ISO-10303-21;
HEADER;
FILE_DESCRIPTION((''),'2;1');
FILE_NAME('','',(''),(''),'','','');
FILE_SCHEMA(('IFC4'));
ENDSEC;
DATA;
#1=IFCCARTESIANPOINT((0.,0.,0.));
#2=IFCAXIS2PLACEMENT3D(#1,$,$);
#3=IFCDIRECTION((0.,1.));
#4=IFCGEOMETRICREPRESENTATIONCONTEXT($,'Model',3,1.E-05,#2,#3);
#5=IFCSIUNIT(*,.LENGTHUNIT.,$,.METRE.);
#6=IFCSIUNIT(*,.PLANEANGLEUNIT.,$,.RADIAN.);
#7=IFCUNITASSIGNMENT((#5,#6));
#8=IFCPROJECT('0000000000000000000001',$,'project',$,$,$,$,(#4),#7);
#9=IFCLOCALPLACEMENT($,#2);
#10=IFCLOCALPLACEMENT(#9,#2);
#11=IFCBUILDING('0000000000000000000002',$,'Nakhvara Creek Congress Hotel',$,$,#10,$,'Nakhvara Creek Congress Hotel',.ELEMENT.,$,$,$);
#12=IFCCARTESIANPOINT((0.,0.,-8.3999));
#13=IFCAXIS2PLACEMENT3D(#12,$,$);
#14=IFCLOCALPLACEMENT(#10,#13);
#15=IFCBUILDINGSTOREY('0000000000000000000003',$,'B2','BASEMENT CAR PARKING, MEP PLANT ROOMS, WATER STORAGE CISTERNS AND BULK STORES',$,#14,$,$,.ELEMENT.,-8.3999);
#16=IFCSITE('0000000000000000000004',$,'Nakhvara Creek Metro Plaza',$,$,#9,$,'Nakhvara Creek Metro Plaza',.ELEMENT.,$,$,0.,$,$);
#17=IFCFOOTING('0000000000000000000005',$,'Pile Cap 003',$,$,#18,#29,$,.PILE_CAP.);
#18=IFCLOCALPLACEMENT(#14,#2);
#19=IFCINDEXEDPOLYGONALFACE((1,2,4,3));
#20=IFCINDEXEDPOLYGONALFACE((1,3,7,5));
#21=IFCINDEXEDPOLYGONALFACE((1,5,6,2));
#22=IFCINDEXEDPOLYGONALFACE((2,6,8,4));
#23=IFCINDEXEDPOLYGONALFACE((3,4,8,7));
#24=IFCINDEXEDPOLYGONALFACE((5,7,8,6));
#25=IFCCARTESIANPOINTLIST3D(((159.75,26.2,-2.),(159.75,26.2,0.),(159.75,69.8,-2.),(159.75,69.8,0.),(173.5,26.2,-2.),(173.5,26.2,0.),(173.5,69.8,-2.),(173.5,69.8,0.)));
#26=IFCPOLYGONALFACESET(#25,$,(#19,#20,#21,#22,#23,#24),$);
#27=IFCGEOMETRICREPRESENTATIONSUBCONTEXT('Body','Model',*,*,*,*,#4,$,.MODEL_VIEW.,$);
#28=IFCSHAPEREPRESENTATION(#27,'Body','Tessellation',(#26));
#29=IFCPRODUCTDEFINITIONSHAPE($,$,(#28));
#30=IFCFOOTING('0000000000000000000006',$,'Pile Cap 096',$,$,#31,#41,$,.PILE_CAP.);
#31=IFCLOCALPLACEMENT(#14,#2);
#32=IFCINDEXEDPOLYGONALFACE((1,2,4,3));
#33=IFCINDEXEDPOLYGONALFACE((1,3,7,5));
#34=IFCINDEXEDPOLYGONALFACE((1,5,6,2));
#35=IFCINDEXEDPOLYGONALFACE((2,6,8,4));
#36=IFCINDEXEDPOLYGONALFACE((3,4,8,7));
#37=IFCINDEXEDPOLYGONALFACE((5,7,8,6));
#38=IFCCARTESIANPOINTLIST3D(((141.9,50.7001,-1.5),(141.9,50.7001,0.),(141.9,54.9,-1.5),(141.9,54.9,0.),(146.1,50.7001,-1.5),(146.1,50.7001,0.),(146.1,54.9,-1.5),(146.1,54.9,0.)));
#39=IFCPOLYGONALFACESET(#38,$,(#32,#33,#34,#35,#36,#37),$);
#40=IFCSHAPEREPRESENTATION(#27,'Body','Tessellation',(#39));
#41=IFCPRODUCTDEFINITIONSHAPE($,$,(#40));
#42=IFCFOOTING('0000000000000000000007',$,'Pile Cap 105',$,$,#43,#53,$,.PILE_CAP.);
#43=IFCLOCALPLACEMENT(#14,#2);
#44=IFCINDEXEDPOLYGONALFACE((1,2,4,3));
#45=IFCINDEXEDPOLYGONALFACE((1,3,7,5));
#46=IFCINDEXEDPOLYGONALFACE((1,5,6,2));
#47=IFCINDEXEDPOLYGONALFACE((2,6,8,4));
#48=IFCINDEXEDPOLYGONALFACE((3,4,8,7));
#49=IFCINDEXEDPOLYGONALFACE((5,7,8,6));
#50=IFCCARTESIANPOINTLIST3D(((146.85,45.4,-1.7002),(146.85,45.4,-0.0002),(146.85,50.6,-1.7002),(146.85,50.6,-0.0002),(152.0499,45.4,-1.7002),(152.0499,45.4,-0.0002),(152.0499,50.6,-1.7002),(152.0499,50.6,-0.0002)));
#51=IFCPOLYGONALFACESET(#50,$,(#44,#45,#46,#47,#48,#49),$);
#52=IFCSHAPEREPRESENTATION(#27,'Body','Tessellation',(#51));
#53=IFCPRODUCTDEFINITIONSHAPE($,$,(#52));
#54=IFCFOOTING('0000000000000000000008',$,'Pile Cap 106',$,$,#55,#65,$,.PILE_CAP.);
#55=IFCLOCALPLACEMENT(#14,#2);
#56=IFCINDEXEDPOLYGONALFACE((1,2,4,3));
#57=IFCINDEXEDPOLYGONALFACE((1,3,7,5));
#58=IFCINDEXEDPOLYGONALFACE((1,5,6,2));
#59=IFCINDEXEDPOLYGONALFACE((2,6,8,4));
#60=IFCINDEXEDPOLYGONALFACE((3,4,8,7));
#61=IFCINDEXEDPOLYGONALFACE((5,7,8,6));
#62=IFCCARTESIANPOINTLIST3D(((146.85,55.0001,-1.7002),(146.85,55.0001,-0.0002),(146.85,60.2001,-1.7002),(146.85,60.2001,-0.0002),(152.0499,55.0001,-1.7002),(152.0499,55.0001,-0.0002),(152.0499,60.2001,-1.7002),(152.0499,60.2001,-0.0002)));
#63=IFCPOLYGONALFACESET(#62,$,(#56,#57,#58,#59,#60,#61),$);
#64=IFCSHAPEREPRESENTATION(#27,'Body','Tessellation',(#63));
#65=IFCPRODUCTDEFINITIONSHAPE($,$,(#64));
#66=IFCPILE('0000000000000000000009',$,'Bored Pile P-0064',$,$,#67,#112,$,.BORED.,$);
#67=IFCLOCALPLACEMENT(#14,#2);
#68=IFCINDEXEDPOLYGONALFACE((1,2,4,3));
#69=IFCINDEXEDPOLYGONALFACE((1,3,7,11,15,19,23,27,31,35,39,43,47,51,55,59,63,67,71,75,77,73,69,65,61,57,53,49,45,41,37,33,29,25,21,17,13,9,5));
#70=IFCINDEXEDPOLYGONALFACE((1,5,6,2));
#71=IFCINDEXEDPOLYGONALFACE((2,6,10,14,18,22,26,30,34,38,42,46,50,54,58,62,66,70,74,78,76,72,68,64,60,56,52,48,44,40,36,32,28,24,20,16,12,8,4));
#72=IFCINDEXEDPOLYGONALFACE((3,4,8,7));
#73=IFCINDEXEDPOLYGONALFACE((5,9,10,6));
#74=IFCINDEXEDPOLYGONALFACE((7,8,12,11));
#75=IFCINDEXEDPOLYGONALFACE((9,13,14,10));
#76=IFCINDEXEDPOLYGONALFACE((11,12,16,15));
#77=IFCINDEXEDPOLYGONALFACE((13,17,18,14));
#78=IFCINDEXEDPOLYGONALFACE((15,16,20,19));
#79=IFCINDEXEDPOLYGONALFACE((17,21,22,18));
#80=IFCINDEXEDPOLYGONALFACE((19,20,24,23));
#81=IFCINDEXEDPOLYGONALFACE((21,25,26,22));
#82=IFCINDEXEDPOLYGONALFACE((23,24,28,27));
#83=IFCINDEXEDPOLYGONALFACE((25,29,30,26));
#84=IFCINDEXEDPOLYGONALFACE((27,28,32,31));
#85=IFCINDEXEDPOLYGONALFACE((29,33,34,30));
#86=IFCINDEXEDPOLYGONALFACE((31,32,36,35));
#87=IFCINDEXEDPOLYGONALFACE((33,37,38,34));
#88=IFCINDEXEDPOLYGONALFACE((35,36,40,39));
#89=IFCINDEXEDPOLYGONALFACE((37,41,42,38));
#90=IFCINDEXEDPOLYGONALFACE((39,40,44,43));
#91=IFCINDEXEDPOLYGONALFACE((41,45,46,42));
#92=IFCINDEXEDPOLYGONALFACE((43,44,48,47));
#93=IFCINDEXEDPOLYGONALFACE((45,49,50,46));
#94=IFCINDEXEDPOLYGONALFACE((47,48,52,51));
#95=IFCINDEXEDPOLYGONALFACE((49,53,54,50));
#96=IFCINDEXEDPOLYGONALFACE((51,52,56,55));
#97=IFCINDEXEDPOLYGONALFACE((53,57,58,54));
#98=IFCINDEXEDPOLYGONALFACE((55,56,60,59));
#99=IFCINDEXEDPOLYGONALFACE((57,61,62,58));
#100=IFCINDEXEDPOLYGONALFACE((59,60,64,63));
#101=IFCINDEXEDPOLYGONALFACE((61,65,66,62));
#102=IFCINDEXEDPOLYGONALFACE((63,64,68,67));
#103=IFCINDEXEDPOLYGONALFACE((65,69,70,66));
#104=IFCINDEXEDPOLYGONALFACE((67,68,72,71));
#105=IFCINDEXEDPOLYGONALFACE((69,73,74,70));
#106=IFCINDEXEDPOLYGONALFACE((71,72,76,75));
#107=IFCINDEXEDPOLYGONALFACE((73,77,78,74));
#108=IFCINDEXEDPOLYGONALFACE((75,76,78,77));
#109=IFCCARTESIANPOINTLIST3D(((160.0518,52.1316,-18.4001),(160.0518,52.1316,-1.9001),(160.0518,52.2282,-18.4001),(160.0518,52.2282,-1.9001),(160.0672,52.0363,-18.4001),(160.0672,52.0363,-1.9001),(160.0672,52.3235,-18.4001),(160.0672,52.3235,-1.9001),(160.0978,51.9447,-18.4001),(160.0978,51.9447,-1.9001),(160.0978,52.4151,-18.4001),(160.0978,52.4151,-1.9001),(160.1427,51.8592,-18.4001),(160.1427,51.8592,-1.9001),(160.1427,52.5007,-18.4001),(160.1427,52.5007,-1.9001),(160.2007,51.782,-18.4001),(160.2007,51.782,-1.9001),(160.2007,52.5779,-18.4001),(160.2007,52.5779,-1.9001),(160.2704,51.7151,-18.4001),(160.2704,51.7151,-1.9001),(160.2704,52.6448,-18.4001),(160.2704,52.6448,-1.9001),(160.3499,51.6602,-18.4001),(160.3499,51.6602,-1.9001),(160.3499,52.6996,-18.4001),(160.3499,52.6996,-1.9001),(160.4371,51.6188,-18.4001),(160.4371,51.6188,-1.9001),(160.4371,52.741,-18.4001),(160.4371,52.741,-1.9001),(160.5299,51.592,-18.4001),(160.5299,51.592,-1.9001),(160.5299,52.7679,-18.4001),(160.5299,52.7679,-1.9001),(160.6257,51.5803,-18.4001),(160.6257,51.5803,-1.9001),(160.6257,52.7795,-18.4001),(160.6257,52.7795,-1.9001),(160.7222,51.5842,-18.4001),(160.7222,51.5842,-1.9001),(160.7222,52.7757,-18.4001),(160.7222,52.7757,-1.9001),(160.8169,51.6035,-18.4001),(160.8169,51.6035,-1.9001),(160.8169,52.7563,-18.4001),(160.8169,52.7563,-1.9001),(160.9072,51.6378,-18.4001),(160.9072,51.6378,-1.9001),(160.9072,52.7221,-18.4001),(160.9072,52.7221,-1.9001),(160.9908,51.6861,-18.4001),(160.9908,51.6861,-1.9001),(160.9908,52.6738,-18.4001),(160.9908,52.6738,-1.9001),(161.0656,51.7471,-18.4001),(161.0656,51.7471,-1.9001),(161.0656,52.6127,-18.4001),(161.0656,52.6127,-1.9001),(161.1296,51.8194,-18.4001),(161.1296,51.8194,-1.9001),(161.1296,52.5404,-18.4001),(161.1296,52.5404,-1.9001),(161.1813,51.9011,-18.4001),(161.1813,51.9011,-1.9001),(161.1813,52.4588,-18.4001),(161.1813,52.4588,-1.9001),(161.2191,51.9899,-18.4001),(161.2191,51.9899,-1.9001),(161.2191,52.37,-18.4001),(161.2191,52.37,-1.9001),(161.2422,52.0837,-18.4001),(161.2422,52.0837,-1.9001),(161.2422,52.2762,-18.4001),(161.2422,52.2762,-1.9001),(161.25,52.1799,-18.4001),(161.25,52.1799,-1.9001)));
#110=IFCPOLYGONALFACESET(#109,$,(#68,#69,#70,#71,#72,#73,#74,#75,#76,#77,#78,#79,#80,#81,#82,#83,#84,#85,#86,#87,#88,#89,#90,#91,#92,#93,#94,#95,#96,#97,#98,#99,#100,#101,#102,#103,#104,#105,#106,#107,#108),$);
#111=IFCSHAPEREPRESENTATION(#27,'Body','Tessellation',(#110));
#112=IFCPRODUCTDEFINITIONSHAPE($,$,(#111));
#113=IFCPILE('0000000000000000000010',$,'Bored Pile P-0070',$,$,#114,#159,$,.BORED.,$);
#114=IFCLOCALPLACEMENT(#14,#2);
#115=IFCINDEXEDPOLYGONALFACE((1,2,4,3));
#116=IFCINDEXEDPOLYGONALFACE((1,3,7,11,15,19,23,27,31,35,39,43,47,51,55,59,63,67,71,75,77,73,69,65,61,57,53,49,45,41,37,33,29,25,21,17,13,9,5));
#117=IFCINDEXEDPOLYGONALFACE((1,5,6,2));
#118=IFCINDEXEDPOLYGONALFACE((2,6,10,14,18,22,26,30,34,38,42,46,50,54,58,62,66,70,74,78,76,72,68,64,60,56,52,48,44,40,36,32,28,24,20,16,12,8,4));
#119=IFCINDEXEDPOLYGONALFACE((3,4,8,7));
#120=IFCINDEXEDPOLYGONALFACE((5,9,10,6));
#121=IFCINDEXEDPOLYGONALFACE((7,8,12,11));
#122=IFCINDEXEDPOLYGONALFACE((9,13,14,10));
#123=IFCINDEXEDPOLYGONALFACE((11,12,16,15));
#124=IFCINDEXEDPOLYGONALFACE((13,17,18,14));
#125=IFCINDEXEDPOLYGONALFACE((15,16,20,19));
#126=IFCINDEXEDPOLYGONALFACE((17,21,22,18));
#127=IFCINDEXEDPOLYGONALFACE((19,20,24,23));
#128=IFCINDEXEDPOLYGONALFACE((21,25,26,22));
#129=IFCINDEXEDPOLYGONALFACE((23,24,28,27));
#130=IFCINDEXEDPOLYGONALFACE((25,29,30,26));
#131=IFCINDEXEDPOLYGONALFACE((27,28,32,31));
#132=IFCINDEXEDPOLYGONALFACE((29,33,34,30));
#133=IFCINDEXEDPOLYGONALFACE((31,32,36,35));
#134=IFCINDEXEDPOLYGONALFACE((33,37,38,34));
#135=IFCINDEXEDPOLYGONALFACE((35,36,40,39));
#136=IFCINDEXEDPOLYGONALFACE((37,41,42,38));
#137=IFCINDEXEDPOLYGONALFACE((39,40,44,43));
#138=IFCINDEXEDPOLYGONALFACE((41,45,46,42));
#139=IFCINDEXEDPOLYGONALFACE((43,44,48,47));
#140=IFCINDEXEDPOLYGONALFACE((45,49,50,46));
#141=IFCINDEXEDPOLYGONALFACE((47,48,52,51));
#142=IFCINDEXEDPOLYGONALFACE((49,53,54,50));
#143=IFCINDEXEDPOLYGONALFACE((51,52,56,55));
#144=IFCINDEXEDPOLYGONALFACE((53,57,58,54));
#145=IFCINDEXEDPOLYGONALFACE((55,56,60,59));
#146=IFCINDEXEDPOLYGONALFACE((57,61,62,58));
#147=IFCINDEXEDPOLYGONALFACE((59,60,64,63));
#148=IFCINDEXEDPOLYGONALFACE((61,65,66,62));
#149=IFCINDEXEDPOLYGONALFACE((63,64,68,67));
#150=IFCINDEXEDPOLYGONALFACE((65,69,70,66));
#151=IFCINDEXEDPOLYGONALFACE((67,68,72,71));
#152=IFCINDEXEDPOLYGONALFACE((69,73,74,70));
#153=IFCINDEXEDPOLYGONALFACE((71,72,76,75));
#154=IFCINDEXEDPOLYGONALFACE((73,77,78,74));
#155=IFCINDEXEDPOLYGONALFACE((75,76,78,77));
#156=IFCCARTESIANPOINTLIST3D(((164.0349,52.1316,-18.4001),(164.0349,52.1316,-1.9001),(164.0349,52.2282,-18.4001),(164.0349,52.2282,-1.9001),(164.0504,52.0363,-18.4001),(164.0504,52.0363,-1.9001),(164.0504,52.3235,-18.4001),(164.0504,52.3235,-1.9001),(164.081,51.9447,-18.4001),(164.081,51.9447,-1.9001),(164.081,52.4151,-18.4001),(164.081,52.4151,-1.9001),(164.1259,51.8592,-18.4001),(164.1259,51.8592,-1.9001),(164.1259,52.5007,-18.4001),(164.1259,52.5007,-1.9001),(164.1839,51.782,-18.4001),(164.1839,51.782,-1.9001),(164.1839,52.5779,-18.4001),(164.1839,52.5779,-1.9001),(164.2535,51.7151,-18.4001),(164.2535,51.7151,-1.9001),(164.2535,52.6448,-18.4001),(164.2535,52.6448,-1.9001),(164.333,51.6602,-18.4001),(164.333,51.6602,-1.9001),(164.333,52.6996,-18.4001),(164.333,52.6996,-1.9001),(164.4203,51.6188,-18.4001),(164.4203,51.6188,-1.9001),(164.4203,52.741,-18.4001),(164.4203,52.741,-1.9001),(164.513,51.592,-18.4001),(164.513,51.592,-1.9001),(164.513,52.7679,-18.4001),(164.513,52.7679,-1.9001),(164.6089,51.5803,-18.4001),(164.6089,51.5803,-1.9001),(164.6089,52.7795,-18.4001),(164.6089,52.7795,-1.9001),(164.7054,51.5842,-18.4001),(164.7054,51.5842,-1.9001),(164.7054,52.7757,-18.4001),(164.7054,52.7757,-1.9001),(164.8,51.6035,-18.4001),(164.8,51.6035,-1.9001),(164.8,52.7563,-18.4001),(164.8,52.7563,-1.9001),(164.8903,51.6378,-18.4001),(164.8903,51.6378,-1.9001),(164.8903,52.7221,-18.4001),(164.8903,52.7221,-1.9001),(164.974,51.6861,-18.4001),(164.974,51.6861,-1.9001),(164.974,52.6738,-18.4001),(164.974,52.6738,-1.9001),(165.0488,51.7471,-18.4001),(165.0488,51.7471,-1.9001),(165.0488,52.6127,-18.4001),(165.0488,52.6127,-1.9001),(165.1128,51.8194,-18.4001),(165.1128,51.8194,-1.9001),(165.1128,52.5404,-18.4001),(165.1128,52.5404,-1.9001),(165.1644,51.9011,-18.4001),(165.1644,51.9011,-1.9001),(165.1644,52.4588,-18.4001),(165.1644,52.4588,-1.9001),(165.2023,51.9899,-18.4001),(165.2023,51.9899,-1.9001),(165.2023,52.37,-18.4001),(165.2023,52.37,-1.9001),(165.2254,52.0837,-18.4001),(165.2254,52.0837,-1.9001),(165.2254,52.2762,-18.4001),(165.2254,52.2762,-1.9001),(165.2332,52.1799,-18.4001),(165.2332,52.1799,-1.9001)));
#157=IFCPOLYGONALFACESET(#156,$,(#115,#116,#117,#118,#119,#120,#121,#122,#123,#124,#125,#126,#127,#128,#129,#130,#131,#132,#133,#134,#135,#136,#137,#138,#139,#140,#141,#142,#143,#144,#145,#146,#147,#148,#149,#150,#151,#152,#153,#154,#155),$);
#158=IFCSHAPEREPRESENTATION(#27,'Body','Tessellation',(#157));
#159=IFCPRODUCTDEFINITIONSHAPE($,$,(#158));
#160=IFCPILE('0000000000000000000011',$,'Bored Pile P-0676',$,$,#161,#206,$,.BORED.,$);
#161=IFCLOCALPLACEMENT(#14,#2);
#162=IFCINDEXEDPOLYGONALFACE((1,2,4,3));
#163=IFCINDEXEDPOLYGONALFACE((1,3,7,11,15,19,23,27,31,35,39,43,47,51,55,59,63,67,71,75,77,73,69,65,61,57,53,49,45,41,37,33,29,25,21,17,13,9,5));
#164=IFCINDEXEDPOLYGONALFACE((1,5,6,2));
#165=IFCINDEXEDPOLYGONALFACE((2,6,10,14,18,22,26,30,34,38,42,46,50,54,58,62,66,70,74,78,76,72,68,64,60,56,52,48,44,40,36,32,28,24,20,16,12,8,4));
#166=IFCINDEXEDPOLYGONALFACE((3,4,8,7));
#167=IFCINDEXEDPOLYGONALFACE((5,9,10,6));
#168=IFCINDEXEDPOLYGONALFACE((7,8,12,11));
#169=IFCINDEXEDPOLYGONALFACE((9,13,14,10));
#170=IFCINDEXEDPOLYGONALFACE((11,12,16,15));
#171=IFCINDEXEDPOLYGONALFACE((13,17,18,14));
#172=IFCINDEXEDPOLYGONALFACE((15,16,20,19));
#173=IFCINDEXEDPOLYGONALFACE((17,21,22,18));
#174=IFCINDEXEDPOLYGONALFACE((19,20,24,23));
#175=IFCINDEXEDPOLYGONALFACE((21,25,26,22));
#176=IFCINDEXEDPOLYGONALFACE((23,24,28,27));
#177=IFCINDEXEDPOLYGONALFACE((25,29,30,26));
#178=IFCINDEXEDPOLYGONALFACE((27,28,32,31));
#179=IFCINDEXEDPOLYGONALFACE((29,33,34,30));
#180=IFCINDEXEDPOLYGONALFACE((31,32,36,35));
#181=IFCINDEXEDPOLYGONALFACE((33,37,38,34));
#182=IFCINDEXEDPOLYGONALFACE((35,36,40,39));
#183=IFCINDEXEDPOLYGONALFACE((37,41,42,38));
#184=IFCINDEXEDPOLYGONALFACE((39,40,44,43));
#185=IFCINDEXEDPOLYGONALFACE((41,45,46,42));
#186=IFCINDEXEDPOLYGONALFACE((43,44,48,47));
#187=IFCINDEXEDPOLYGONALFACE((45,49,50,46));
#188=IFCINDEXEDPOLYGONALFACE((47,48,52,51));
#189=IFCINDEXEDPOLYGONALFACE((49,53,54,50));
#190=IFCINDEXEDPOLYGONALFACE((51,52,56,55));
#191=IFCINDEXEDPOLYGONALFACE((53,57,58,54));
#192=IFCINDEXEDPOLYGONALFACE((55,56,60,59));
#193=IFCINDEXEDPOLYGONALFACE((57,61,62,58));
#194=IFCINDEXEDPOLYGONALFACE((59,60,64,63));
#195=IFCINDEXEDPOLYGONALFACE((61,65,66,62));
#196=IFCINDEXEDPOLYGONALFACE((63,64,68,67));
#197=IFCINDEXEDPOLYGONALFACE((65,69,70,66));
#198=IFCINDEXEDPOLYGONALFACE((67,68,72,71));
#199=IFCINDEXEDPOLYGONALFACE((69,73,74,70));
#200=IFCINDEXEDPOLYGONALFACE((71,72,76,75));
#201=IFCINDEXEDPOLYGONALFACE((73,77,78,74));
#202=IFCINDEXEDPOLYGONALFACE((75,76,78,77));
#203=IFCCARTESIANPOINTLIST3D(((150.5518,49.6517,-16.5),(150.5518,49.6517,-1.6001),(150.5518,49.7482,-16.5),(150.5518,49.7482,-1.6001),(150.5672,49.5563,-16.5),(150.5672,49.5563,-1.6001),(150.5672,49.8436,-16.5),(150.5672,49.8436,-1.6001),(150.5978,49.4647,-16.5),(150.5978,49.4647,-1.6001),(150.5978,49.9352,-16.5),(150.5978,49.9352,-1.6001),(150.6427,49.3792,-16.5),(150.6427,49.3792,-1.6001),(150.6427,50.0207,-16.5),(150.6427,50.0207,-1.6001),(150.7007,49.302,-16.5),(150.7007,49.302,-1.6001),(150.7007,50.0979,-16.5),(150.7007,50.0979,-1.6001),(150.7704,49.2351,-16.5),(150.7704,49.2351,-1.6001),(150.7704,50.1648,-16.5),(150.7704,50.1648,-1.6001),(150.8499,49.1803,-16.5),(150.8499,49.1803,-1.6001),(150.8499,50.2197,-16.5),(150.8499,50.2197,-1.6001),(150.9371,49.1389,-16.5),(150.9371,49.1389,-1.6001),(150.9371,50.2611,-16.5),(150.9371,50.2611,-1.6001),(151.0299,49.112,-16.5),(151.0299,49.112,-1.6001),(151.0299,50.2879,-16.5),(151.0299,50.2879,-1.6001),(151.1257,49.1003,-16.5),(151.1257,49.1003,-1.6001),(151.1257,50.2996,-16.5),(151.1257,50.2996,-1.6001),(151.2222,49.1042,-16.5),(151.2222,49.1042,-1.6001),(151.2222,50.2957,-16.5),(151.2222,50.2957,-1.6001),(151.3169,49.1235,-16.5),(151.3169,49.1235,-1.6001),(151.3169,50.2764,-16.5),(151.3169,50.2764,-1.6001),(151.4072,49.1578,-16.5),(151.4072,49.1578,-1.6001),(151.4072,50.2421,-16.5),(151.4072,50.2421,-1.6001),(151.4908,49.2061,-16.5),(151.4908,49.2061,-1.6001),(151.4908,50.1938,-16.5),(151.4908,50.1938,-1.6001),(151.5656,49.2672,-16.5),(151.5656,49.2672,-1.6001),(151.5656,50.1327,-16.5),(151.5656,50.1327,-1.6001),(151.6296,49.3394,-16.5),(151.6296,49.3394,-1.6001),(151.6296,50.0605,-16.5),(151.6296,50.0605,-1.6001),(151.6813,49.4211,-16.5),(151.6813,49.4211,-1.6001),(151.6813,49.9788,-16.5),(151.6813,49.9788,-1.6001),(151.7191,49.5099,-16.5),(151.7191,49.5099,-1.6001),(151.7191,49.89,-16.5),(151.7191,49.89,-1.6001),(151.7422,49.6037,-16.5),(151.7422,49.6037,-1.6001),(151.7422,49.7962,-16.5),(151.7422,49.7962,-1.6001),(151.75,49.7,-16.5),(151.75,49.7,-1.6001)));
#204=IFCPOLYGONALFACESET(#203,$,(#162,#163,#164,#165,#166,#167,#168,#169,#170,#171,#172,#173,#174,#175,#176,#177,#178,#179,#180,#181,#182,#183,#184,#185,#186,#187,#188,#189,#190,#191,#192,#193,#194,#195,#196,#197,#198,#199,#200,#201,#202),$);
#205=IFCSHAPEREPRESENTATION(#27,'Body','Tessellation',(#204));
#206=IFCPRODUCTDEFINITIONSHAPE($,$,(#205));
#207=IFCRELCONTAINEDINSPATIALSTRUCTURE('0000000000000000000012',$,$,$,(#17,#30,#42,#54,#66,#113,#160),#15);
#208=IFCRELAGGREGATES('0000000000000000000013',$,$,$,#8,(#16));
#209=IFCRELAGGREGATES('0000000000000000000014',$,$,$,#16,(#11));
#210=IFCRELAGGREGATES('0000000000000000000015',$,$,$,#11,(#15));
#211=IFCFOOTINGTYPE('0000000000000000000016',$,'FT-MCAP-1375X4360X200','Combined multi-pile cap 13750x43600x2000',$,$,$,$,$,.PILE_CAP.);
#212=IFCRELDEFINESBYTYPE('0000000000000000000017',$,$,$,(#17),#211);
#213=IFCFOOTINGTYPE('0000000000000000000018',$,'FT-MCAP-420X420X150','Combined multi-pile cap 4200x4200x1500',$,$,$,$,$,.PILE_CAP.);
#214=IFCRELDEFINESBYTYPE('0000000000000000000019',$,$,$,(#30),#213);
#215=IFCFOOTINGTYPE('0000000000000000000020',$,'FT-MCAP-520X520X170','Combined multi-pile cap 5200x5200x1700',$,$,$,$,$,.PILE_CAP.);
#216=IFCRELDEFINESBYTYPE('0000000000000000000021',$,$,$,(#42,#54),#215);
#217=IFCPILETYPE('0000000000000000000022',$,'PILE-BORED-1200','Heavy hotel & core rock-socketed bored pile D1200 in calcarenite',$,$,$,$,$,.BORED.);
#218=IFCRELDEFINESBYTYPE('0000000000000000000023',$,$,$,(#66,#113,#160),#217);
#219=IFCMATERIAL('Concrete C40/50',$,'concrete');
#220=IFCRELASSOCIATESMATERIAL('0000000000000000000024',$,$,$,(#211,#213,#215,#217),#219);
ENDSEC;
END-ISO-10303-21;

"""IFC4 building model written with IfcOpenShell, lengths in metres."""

from ifc_helpers import new_model, si_unit, direction, frame, origin, origin_2d, place, context, subcontext, project, spatial, rectangle, circle, extrude, material, material_profile, profile_set, type_object, element, save


model = new_model("IFC4")

# Units and contexts
model_context = context("Model", 3, precision=1e-05, world=origin(), true_north=direction((0.0, 1.0)))
body_context = subcontext(model_context, "Body", "Model", "MODEL_VIEW")
ifc_project = project(units=[si_unit("LENGTHUNIT", "METRE"), si_unit("PLANEANGLEUNIT", "RADIAN")], contexts=[model_context])

# Site, building, storey
site_placement = place(None, origin())
site = spatial("IfcSite", under=ifc_project, at=site_placement, Name="Nakhvara Creek Metro Plaza", LongName="Nakhvara Creek Metro Plaza", CompositionType="ELEMENT", RefElevation=0.0)
building_placement = place(site_placement, origin())
building = spatial("IfcBuilding", under=site, at=building_placement, Name="Nakhvara Creek Congress Hotel", LongName="Nakhvara Creek Congress Hotel", CompositionType="ELEMENT")
storey_placement = place(building_placement, frame((0.0, 0.0, -8.3999)))
storey = spatial("IfcBuildingStorey", under=building, at=storey_placement, Name="B2", Description="BASEMENT CAR PARKING, MEP PLANT ROOMS, WATER STORAGE CISTERNS AND BULK STORES", CompositionType="ELEMENT", Elevation=-8.3999)

# Footings
ifc_material_1 = material(Name="Concrete C40/50", Category="concrete")
footing_type_1 = type_object("IfcFootingType", Name="FT-MCAP-1375X4360X200", Description="Combined multi-pile cap 13750x43600x2000", PredefinedType="PILE_CAP", material=ifc_material_1)
footing_1_placement = place(storey_placement, frame((166.625, 48.0, -2.0), z_axis=(0.0, 0.0, 1.0), x_axis=(1.0, 0.0, 0.0)))
element("IfcFooting", 1, at=footing_1_placement, inside=storey, type_object=footing_type_1, Name="Pile Cap 003", PredefinedType="PILE_CAP", context=body_context, shape_type="SweptSolid", body=[
    extrude(rectangle(XDim=13.75, YDim=43.6001, at=origin_2d()), origin(), (0.0, 0.0, 1.0), 2.0),
])
footing_type_2 = type_object("IfcFootingType", Name="FT-MCAP-420X420X150", Description="Combined multi-pile cap 4200x4200x1500", PredefinedType="PILE_CAP", material=ifc_material_1)
footing_2_placement = place(storey_placement, frame((144.0, 52.8, -1.5), z_axis=(0.0, 0.0, 1.0), x_axis=(1.0, 0.0, 0.0)))
element("IfcFooting", 2, at=footing_2_placement, inside=storey, type_object=footing_type_2, Name="Pile Cap 096", PredefinedType="PILE_CAP", context=body_context, shape_type="SweptSolid", body=[
    extrude(rectangle(XDim=4.2, YDim=4.2, at=origin_2d()), origin(), (0.0, 0.0, 1.0), 1.5),
])
footing_type_3 = type_object("IfcFootingType", Name="FT-MCAP-520X520X170", Description="Combined multi-pile cap 5200x5200x1700", PredefinedType="PILE_CAP", material=ifc_material_1)
for number, where, z_axis, x_axis, name in (
    (3, (149.45, 48.0, -1.7002), (0.0, 0.0, 1.0), (1.0, 0.0, 0.0), "Pile Cap 105"),
    (4, (149.45, 57.6001, -1.7002), (0.0, 0.0, 1.0), (1.0, 0.0, 0.0), "Pile Cap 106"),
):
    element("IfcFooting", number, at=place(storey_placement, frame(where, z_axis=z_axis, x_axis=x_axis)), inside=storey, type_object=footing_type_3, Name=name, PredefinedType="PILE_CAP", context=body_context, shape_type="SweptSolid", body=[
        extrude(rectangle(XDim=5.2, YDim=5.2, at=origin_2d()), origin(), (0.0, 0.0, 1.0), 1.7),
    ])

# Piles
ifc_material_profile_1 = material_profile(ifc_material_1, circle(Radius=0.6001, at=origin_2d()), Name="BORED PILE D1200", Category="LoadBearing")
ifc_profile_set_1 = profile_set([ifc_material_profile_1], Name="Concrete C40/50")
pile_type_1 = type_object("IfcPileType", Name="PILE-BORED-1200", Description="Heavy hotel & core rock-socketed bored pile D1200 in calcarenite", PredefinedType="BORED", material=ifc_profile_set_1)
for number, where, z_axis, x_axis, name in (
    (5, (160.6499, 52.1799, -1.9001), (0.0, 0.0, -1.0), (1.0, 0.0, 0.0), "Bored Pile P-0064"),
    (6, (164.6331, 52.1799, -1.9001), (0.0, 0.0, -1.0), (1.0, 0.0, 0.0), "Bored Pile P-0070"),
):
    element("IfcPile", number, at=place(storey_placement, frame(where, z_axis=z_axis, x_axis=x_axis)), inside=storey, type_object=pile_type_1, Name=name, PredefinedType="BORED", context=body_context, shape_type="SweptSolid", body=[
        extrude(circle(Radius=0.6001, at=origin_2d()), origin(), (0.0, 0.0, 1.0), 16.5),
    ])
for number, where, z_axis, x_axis, name in (
    (7, (151.1499, 49.7, -1.6001), (0.0, 0.0, -1.0), (1.0, 0.0, 0.0), "Bored Pile P-0676"),
):
    element("IfcPile", number, at=place(storey_placement, frame(where, z_axis=z_axis, x_axis=x_axis)), inside=storey, type_object=pile_type_1, Name=name, PredefinedType="BORED", context=body_context, shape_type="SweptSolid", body=[
        extrude(circle(Radius=0.6001, at=origin_2d()), origin(), (0.0, 0.0, 1.0), 14.8999),
    ])

save(model, "model.ifc")
